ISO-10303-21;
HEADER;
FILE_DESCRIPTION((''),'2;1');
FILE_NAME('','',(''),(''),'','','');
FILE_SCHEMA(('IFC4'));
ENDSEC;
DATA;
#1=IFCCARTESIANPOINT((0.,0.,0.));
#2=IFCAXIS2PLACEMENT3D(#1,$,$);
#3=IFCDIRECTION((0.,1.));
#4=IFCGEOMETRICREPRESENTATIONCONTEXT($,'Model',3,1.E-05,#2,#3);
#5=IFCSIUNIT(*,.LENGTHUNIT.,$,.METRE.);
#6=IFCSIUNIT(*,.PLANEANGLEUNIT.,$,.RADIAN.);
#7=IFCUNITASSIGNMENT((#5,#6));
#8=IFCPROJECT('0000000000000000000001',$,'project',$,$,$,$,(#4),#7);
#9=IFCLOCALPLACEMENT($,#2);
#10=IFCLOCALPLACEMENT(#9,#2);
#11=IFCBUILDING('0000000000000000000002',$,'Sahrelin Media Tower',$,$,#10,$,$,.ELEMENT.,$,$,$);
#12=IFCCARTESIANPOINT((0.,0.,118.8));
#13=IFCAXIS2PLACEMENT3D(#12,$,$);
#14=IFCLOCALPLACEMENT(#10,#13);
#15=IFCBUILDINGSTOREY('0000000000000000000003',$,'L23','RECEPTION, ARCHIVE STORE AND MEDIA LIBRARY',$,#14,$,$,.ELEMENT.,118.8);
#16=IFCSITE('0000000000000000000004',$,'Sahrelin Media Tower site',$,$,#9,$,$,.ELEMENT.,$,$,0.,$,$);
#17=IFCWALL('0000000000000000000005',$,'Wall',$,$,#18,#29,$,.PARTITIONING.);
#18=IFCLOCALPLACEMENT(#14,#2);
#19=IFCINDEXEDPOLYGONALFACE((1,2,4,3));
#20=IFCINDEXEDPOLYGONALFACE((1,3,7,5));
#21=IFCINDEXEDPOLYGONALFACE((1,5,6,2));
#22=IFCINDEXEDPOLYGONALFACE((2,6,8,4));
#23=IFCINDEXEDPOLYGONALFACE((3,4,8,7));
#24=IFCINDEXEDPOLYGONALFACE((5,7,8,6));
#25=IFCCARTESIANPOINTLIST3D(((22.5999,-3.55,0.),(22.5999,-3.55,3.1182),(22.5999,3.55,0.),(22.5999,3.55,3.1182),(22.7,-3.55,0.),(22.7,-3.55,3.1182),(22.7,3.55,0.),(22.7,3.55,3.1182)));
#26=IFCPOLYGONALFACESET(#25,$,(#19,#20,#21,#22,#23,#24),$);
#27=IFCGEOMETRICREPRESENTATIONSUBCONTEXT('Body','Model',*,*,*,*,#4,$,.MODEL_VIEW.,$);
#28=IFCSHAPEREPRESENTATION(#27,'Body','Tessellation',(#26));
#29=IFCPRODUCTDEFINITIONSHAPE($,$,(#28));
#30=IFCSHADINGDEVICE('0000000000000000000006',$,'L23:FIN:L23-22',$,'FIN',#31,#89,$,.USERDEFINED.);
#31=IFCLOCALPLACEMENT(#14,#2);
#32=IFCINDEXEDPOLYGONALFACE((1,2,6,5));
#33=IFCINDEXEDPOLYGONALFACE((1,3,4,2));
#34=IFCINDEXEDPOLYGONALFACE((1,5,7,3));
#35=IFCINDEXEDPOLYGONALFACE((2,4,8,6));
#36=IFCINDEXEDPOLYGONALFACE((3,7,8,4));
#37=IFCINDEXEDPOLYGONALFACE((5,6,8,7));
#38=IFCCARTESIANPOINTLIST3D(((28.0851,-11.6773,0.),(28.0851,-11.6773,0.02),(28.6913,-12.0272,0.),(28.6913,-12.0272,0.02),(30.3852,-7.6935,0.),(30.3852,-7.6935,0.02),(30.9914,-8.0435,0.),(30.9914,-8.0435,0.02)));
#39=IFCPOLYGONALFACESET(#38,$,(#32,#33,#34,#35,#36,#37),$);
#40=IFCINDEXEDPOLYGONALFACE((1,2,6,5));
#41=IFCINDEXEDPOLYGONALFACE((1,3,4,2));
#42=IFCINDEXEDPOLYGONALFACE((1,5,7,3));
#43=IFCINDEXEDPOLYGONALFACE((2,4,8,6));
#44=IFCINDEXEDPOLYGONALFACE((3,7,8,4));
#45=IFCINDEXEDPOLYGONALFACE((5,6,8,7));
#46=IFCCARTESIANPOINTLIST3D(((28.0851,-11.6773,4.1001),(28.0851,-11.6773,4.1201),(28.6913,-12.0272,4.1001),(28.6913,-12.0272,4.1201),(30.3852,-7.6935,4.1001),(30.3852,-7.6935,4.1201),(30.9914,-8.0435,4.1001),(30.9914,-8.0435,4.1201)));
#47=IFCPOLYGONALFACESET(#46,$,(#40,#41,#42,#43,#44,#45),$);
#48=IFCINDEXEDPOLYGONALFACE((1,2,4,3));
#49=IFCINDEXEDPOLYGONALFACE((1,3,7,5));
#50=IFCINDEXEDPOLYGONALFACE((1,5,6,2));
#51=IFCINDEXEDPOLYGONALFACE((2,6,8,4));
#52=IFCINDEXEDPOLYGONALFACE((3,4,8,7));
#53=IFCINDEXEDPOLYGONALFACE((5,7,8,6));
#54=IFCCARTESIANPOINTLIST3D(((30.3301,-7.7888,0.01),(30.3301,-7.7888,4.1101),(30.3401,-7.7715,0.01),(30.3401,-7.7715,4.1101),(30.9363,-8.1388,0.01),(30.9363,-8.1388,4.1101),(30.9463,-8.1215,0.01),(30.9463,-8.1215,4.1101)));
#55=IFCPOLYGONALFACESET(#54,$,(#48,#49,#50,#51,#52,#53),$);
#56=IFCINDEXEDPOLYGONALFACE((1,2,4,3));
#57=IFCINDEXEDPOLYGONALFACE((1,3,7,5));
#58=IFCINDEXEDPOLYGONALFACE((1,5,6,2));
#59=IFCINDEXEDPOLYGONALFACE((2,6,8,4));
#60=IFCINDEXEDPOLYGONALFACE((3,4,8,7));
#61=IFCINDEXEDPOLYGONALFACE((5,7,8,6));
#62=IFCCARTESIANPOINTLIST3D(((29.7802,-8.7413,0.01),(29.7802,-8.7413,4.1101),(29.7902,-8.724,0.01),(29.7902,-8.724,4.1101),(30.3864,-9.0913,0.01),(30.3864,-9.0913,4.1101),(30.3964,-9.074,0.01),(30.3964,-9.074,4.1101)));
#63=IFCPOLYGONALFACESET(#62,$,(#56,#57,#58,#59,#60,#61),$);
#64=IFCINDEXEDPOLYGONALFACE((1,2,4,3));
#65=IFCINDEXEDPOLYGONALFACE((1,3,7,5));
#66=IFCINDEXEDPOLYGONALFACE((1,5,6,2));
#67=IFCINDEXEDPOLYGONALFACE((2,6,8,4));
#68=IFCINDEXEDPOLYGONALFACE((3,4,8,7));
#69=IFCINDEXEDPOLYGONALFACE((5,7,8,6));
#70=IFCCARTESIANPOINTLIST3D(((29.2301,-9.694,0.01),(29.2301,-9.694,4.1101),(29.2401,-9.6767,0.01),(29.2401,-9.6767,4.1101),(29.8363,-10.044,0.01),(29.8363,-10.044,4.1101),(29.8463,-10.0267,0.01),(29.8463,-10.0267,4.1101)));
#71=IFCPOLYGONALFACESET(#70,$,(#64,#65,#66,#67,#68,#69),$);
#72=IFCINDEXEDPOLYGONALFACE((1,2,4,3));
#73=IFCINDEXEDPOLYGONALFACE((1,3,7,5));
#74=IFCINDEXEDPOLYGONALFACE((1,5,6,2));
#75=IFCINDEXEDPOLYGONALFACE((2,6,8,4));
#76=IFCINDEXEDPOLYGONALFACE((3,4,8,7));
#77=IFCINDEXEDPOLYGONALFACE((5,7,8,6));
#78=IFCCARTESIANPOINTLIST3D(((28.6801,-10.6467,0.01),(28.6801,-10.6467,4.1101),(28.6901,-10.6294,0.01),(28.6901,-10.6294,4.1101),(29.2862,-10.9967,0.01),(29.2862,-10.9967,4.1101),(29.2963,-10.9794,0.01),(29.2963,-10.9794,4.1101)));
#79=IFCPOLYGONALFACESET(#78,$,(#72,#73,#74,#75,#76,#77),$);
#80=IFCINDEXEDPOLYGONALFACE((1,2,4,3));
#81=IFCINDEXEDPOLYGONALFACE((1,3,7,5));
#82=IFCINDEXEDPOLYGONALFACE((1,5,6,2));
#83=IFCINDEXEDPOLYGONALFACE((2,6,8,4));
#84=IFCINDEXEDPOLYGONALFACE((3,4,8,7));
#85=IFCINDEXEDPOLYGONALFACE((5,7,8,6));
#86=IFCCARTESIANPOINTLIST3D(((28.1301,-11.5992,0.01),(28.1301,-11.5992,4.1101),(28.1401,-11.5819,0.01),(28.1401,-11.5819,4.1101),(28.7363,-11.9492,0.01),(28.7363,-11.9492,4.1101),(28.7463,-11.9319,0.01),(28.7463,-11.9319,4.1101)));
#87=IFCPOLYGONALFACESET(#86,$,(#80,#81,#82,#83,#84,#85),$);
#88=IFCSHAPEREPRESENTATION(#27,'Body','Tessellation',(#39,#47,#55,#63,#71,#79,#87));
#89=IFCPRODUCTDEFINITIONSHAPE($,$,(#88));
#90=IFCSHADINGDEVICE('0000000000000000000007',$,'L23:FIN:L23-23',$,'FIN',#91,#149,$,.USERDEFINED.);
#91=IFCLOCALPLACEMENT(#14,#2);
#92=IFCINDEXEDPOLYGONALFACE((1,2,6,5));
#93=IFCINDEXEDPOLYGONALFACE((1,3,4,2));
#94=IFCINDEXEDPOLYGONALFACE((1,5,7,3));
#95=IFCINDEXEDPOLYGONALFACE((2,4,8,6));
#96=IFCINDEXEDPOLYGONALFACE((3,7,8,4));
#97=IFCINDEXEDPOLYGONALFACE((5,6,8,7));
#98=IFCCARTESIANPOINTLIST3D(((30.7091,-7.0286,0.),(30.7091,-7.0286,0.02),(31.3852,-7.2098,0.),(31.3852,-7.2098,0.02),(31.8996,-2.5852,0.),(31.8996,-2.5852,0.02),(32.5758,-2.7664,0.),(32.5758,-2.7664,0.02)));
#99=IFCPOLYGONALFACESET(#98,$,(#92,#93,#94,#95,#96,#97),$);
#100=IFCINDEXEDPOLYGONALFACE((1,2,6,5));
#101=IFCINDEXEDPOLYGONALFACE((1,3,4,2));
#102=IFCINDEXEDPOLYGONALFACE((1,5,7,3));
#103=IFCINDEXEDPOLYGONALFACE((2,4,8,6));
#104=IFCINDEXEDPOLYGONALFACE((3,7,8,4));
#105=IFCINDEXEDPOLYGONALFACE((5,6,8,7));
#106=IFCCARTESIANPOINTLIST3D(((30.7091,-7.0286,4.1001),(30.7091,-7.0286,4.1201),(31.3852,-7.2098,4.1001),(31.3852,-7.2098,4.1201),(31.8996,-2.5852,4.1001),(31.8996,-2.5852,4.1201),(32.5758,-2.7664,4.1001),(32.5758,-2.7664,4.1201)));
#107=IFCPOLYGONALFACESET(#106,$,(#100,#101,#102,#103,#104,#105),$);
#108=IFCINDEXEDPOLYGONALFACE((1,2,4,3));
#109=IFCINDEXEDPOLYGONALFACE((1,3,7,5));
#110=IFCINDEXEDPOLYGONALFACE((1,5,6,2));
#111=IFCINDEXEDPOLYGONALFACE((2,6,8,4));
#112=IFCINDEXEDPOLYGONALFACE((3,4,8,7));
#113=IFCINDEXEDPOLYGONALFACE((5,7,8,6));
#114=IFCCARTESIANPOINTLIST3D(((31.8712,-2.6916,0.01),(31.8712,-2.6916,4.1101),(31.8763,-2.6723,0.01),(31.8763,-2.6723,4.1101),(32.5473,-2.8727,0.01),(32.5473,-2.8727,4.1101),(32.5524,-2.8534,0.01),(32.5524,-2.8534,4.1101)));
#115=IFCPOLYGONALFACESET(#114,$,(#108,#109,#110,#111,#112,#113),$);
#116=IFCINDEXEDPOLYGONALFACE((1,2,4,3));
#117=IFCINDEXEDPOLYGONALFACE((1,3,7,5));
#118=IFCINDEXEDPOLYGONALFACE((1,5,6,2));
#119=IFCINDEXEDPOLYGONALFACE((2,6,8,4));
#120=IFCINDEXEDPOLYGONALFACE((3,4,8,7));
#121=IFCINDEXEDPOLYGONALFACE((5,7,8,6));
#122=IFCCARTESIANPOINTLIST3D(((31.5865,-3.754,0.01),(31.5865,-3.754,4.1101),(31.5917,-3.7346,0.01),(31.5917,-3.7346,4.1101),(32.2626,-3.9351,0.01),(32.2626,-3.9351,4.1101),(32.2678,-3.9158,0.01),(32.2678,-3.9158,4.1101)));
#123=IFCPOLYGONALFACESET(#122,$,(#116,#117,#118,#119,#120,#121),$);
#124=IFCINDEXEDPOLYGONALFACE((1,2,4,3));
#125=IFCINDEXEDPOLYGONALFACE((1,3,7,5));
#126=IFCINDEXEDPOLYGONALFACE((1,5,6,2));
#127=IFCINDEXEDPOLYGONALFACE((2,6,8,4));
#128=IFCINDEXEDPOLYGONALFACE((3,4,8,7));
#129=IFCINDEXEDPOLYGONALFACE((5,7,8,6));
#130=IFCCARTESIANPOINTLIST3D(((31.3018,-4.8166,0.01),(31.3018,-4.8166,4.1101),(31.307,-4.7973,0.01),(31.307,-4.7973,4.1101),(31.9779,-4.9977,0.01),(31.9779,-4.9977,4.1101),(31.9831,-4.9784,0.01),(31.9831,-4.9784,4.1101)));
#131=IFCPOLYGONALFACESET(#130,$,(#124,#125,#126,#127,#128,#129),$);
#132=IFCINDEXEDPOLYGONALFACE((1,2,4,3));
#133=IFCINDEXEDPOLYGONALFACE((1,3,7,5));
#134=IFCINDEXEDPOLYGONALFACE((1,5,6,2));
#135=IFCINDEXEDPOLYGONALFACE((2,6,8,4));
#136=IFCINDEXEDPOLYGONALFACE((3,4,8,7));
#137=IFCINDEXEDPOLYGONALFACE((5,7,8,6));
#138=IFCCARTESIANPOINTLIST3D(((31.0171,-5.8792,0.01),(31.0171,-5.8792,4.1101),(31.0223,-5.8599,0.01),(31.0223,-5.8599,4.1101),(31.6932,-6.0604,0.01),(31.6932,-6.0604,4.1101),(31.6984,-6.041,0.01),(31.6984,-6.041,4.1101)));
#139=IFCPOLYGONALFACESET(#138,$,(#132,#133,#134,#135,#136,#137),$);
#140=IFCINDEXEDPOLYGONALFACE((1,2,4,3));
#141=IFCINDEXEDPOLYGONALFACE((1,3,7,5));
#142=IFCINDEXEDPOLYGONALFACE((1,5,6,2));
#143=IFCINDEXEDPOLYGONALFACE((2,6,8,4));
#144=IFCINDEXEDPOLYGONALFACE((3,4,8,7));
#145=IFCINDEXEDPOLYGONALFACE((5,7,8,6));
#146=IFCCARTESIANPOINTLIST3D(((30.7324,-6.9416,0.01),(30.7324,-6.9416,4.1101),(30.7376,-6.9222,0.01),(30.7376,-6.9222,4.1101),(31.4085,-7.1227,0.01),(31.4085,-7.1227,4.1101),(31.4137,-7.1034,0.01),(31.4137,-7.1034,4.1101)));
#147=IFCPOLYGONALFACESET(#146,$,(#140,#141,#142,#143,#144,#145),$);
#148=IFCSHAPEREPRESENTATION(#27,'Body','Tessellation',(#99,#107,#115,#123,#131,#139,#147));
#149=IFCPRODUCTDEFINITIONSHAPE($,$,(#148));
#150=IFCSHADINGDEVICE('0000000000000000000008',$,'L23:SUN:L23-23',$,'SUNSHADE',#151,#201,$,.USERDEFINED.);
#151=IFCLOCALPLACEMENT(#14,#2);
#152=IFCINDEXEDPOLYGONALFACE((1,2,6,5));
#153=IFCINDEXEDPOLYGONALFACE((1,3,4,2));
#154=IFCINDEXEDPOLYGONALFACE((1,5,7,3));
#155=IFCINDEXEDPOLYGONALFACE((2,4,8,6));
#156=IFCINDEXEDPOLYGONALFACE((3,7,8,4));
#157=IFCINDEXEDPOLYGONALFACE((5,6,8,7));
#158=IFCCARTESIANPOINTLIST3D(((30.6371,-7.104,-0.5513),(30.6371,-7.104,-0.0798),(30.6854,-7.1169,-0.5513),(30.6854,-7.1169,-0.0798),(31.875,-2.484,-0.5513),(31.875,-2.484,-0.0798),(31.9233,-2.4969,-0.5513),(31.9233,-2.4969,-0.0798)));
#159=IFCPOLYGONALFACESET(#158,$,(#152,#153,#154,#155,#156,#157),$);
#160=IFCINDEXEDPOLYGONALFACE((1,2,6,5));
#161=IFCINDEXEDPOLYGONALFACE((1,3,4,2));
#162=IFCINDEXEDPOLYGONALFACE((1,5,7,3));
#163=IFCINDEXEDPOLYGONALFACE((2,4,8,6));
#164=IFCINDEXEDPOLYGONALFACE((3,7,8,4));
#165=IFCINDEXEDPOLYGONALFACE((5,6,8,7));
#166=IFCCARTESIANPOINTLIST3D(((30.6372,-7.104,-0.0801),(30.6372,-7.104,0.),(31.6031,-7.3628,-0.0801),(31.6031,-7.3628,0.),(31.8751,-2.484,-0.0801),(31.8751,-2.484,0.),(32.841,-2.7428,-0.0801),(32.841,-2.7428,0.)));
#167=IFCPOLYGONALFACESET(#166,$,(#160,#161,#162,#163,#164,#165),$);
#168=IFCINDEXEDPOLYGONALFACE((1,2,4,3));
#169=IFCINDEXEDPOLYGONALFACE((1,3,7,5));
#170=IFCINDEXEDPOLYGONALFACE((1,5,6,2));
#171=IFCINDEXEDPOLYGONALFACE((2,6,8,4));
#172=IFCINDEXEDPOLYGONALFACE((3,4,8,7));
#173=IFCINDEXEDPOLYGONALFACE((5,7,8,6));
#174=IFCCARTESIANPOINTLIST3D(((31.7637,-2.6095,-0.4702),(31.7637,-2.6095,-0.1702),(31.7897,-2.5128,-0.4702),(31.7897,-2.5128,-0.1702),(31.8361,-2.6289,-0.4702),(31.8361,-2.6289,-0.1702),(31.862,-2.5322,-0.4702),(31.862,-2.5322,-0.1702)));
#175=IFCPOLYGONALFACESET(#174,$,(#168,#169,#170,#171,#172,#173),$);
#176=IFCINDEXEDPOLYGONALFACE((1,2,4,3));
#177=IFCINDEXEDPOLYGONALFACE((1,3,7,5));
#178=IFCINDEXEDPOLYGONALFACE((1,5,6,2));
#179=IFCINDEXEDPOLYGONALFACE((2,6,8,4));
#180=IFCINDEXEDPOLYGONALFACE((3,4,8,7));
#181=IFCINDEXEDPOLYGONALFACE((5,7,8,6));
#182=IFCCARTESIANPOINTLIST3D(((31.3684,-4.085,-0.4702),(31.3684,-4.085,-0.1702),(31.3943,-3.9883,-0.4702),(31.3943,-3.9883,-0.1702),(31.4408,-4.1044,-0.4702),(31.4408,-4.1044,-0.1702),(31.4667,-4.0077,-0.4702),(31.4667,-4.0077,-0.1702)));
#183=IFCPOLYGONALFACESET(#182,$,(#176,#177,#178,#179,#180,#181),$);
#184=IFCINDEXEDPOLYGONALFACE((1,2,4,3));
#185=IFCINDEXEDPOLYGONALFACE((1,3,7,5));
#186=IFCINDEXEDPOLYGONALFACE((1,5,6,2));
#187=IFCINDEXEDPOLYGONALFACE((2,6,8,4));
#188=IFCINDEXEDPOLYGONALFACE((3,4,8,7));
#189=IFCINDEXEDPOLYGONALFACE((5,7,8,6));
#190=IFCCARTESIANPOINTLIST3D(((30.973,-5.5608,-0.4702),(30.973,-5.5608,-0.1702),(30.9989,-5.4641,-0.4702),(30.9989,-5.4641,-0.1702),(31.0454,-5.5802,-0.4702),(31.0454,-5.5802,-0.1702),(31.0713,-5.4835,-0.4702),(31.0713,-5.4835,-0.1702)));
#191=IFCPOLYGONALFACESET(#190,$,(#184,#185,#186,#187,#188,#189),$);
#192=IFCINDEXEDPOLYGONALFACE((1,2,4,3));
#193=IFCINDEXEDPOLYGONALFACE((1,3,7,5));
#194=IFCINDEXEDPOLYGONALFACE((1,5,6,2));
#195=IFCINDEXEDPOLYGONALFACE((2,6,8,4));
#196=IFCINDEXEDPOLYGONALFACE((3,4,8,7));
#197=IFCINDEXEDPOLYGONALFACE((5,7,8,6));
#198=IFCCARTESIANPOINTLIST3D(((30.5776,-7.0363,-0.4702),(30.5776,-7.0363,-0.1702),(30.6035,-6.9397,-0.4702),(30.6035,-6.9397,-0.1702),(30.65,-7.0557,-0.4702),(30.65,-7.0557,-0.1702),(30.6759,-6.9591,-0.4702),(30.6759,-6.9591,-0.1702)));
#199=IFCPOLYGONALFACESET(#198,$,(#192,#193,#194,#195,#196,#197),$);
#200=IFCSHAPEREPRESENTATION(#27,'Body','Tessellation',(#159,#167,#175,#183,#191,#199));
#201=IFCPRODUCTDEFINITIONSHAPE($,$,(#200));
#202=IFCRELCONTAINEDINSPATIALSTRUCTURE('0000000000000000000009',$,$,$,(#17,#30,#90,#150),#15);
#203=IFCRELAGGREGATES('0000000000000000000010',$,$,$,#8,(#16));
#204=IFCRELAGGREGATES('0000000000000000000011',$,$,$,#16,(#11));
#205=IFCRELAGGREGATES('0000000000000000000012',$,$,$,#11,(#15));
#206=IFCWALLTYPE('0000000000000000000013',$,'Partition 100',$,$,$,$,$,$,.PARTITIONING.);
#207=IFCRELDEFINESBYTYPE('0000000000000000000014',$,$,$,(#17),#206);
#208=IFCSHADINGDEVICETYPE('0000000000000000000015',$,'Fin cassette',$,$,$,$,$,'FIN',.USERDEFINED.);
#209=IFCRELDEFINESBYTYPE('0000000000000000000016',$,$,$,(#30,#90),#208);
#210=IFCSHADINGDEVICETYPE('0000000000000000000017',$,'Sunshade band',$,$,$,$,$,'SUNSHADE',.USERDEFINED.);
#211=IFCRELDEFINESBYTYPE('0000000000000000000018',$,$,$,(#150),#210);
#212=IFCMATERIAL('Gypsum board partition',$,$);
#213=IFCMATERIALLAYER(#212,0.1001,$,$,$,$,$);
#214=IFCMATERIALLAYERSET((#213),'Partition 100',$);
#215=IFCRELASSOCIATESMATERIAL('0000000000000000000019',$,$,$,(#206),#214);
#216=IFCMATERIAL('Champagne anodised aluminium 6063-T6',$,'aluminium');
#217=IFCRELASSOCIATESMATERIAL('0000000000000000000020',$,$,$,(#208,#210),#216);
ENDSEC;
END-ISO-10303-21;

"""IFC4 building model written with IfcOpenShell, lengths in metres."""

from ifc_helpers import new_model, si_unit, direction, frame, frame_2d, origin, origin_2d, place, context, subcontext, project, spatial, rectangle, extrude, material, layer, layer_set, type_object, element, save


model = new_model("IFC4")

# Units and contexts
model_context = context("Model", 3, precision=1e-05, world=origin(), true_north=direction((0.0, 1.0)))
body_context = subcontext(model_context, "Body", "Model", "MODEL_VIEW")
ifc_project = project(units=[si_unit("LENGTHUNIT", "METRE"), si_unit("PLANEANGLEUNIT", "RADIAN")], contexts=[model_context])

# Site, building, storey
site_placement = place(None, origin())
site = spatial("IfcSite", under=ifc_project, at=site_placement, Name="Sahrelin Media Tower site", CompositionType="ELEMENT", RefElevation=0.0)
building_placement = place(site_placement, origin())
building = spatial("IfcBuilding", under=site, at=building_placement, Name="Sahrelin Media Tower", CompositionType="ELEMENT")
storey_placement = place(building_placement, frame((0.0, 0.0, 118.8)))
storey = spatial("IfcBuildingStorey", under=building, at=storey_placement, Name="L23", Description="RECEPTION, ARCHIVE STORE AND MEDIA LIBRARY", CompositionType="ELEMENT", Elevation=118.8)

# Shared definitions
ifc_material_1 = material(Name="Champagne anodised aluminium 6063-T6", Category="aluminium")

# Wall
ifc_material_2 = material(Name="Gypsum board partition")
ifc_layer_1 = layer(ifc_material_2, 0.1001)
ifc_layer_set_1 = layer_set([ifc_layer_1], Name="Partition 100")
wall_type_1 = type_object("IfcWallType", Name="Partition 100", PredefinedType="PARTITIONING", material=ifc_layer_set_1)
wall_1_placement = place(storey_placement, frame((22.6499, -3.55, 0.0), z_axis=(0.0, 0.0, 1.0), x_axis=(0.0, 1.0, 0.0)))
element("IfcWall", 1, at=wall_1_placement, inside=storey, type_object=wall_type_1, Name="Wall", PredefinedType="PARTITIONING", context=body_context, shape_type="SweptSolid", body=[
    extrude(rectangle(XDim=7.1001, YDim=0.1001, at=frame_2d((3.55, 0.0))), origin(), (0.0, 0.0, 1.0), 3.1182),
])

# Shading devices
shading_device_type_1 = type_object("IfcShadingDeviceType", Name="Fin cassette", ElementType="FIN", PredefinedType="USERDEFINED", material=ifc_material_1)
shading_device_1_placement = place(storey_placement, frame((29.1746, -9.6504, 0.0), z_axis=(0.0, 0.0, 1.0), x_axis=(-0.500011, -0.866019, 0.0)))
element("IfcShadingDevice", 2, at=shading_device_1_placement, inside=storey, type_object=shading_device_type_1, Name="L23:FIN:L23-22", ObjectType="FIN", PredefinedType="USERDEFINED", context=body_context, shape_type="SweptSolid", body=[
    extrude(rectangle(XDim=4.6001, YDim=0.7, at=origin_2d()), frame((0.0, 0.4199, 0.0)), (0.0, 0.0, 1.0), 0.02),
    extrude(rectangle(XDim=4.6001, YDim=0.7, at=origin_2d()), frame((0.0, 0.4199, 4.1001)), (0.0, 0.0, 1.0), 0.02),
    extrude(rectangle(XDim=0.02, YDim=0.7, at=origin_2d()), frame((-2.2, 0.4199, 0.01), z_axis=(0.0, 0.0, 1.0), x_axis=(1.0, 0.0, 0.0)), (0.0, 0.0, 1.0), 4.1001),
    extrude(rectangle(XDim=0.02, YDim=0.7, at=origin_2d()), frame((-1.1001, 0.4199, 0.01), z_axis=(0.0, 0.0, 1.0), x_axis=(1.0, 0.0, 0.0)), (0.0, 0.0, 1.0), 4.1001),
    extrude(rectangle(XDim=0.02, YDim=0.7, at=origin_2d()), frame((0.0, 0.4199, 0.01), z_axis=(0.0, 0.0, 1.0), x_axis=(1.0, 0.0, 0.0)), (0.0, 0.0, 1.0), 4.1001),
    extrude(rectangle(XDim=0.02, YDim=0.7, at=origin_2d()), frame((1.1001, 0.4199, 0.01), z_axis=(0.0, 0.0, 1.0), x_axis=(1.0, 0.0, 0.0)), (0.0, 0.0, 1.0), 4.1001),
    extrude(rectangle(XDim=0.02, YDim=0.7, at=origin_2d()), frame((2.2, 0.4199, 0.01), z_axis=(0.0, 0.0, 1.0), x_axis=(1.0, 0.0, 0.0)), (0.0, 0.0, 1.0), 4.1001),
])
placement = place(storey_placement, frame((31.2368, -4.7888, 0.0), z_axis=(0.0, 0.0, 1.0), x_axis=(-0.258808, -0.965929, 0.0)))
element("IfcShadingDevice", 3, at=placement, inside=storey, type_object=shading_device_type_1, Name="L23:FIN:L23-23", ObjectType="FIN", PredefinedType="USERDEFINED", context=body_context, shape_type="SweptSolid", body=[
    extrude(rectangle(XDim=4.6001, YDim=0.7, at=origin_2d()), frame((0.0, 0.4199, 0.0)), (0.0, 0.0, 1.0), 0.02),
    extrude(rectangle(XDim=4.6001, YDim=0.7, at=origin_2d()), frame((0.0, 0.4199, 4.1001)), (0.0, 0.0, 1.0), 0.02),
    extrude(rectangle(XDim=0.02, YDim=0.7, at=origin_2d()), frame((-2.2, 0.4199, 0.01), z_axis=(0.0, 0.0, 1.0), x_axis=(1.0, 0.0, 0.0)), (0.0, 0.0, 1.0), 4.1001),
    extrude(rectangle(XDim=0.02, YDim=0.7, at=origin_2d()), frame((-1.1001, 0.4199, 0.01), z_axis=(0.0, 0.0, 1.0), x_axis=(1.0, 0.0, 0.0)), (0.0, 0.0, 1.0), 4.1001),
    extrude(rectangle(XDim=0.02, YDim=0.7, at=origin_2d()), frame((0.0, 0.4199, 0.01), z_axis=(0.0, 0.0, 1.0), x_axis=(1.0, 0.0, 0.0)), (0.0, 0.0, 1.0), 4.1001),
    extrude(rectangle(XDim=0.02, YDim=0.7, at=origin_2d()), frame((1.1001, 0.4199, 0.01), z_axis=(0.0, 0.0, 1.0), x_axis=(1.0, 0.0, 0.0)), (0.0, 0.0, 1.0), 4.1001),
    extrude(rectangle(XDim=0.02, YDim=0.7, at=origin_2d()), frame((2.2, 0.4199, 0.01), z_axis=(0.0, 0.0, 1.0), x_axis=(1.0, 0.0, 0.0)), (0.0, 0.0, 1.0), 4.1001),
])
shading_device_type_2 = type_object("IfcShadingDeviceType", Name="Sunshade band", ElementType="SUNSHADE", PredefinedType="USERDEFINED", material=ifc_material_1)
element("IfcShadingDevice", 4, at=placement, inside=storey, type_object=shading_device_type_2, Name="L23:SUN:L23-23", ObjectType="SUNSHADE", PredefinedType="USERDEFINED", context=body_context, shape_type="SweptSolid", body=[
    extrude(rectangle(XDim=4.783, YDim=0.05, at=origin_2d()), frame((0.0, 0.0449, -0.5513)), (0.0, 0.0, 1.0), 0.4714),
    extrude(rectangle(XDim=4.783, YDim=1.0, at=origin_2d()), frame((0.0, 0.52, -0.0801)), (0.0, 0.0, 1.0), 0.0801),
    extrude(rectangle(XDim=0.1001, YDim=0.075, at=origin_2d()), frame((-2.2915, -0.0176, -0.4702)), (0.0, 0.0, 1.0), 0.3),
    extrude(rectangle(XDim=0.1001, YDim=0.075, at=origin_2d()), frame((-0.7639, -0.0176, -0.4702)), (0.0, 0.0, 1.0), 0.3),
    extrude(rectangle(XDim=0.1001, YDim=0.075, at=origin_2d()), frame((0.7639, -0.0176, -0.4702)), (0.0, 0.0, 1.0), 0.3),
    extrude(rectangle(XDim=0.1001, YDim=0.075, at=origin_2d()), frame((2.2915, -0.0176, -0.4702)), (0.0, 0.0, 1.0), 0.3),
])

save(model, "model.ifc")
